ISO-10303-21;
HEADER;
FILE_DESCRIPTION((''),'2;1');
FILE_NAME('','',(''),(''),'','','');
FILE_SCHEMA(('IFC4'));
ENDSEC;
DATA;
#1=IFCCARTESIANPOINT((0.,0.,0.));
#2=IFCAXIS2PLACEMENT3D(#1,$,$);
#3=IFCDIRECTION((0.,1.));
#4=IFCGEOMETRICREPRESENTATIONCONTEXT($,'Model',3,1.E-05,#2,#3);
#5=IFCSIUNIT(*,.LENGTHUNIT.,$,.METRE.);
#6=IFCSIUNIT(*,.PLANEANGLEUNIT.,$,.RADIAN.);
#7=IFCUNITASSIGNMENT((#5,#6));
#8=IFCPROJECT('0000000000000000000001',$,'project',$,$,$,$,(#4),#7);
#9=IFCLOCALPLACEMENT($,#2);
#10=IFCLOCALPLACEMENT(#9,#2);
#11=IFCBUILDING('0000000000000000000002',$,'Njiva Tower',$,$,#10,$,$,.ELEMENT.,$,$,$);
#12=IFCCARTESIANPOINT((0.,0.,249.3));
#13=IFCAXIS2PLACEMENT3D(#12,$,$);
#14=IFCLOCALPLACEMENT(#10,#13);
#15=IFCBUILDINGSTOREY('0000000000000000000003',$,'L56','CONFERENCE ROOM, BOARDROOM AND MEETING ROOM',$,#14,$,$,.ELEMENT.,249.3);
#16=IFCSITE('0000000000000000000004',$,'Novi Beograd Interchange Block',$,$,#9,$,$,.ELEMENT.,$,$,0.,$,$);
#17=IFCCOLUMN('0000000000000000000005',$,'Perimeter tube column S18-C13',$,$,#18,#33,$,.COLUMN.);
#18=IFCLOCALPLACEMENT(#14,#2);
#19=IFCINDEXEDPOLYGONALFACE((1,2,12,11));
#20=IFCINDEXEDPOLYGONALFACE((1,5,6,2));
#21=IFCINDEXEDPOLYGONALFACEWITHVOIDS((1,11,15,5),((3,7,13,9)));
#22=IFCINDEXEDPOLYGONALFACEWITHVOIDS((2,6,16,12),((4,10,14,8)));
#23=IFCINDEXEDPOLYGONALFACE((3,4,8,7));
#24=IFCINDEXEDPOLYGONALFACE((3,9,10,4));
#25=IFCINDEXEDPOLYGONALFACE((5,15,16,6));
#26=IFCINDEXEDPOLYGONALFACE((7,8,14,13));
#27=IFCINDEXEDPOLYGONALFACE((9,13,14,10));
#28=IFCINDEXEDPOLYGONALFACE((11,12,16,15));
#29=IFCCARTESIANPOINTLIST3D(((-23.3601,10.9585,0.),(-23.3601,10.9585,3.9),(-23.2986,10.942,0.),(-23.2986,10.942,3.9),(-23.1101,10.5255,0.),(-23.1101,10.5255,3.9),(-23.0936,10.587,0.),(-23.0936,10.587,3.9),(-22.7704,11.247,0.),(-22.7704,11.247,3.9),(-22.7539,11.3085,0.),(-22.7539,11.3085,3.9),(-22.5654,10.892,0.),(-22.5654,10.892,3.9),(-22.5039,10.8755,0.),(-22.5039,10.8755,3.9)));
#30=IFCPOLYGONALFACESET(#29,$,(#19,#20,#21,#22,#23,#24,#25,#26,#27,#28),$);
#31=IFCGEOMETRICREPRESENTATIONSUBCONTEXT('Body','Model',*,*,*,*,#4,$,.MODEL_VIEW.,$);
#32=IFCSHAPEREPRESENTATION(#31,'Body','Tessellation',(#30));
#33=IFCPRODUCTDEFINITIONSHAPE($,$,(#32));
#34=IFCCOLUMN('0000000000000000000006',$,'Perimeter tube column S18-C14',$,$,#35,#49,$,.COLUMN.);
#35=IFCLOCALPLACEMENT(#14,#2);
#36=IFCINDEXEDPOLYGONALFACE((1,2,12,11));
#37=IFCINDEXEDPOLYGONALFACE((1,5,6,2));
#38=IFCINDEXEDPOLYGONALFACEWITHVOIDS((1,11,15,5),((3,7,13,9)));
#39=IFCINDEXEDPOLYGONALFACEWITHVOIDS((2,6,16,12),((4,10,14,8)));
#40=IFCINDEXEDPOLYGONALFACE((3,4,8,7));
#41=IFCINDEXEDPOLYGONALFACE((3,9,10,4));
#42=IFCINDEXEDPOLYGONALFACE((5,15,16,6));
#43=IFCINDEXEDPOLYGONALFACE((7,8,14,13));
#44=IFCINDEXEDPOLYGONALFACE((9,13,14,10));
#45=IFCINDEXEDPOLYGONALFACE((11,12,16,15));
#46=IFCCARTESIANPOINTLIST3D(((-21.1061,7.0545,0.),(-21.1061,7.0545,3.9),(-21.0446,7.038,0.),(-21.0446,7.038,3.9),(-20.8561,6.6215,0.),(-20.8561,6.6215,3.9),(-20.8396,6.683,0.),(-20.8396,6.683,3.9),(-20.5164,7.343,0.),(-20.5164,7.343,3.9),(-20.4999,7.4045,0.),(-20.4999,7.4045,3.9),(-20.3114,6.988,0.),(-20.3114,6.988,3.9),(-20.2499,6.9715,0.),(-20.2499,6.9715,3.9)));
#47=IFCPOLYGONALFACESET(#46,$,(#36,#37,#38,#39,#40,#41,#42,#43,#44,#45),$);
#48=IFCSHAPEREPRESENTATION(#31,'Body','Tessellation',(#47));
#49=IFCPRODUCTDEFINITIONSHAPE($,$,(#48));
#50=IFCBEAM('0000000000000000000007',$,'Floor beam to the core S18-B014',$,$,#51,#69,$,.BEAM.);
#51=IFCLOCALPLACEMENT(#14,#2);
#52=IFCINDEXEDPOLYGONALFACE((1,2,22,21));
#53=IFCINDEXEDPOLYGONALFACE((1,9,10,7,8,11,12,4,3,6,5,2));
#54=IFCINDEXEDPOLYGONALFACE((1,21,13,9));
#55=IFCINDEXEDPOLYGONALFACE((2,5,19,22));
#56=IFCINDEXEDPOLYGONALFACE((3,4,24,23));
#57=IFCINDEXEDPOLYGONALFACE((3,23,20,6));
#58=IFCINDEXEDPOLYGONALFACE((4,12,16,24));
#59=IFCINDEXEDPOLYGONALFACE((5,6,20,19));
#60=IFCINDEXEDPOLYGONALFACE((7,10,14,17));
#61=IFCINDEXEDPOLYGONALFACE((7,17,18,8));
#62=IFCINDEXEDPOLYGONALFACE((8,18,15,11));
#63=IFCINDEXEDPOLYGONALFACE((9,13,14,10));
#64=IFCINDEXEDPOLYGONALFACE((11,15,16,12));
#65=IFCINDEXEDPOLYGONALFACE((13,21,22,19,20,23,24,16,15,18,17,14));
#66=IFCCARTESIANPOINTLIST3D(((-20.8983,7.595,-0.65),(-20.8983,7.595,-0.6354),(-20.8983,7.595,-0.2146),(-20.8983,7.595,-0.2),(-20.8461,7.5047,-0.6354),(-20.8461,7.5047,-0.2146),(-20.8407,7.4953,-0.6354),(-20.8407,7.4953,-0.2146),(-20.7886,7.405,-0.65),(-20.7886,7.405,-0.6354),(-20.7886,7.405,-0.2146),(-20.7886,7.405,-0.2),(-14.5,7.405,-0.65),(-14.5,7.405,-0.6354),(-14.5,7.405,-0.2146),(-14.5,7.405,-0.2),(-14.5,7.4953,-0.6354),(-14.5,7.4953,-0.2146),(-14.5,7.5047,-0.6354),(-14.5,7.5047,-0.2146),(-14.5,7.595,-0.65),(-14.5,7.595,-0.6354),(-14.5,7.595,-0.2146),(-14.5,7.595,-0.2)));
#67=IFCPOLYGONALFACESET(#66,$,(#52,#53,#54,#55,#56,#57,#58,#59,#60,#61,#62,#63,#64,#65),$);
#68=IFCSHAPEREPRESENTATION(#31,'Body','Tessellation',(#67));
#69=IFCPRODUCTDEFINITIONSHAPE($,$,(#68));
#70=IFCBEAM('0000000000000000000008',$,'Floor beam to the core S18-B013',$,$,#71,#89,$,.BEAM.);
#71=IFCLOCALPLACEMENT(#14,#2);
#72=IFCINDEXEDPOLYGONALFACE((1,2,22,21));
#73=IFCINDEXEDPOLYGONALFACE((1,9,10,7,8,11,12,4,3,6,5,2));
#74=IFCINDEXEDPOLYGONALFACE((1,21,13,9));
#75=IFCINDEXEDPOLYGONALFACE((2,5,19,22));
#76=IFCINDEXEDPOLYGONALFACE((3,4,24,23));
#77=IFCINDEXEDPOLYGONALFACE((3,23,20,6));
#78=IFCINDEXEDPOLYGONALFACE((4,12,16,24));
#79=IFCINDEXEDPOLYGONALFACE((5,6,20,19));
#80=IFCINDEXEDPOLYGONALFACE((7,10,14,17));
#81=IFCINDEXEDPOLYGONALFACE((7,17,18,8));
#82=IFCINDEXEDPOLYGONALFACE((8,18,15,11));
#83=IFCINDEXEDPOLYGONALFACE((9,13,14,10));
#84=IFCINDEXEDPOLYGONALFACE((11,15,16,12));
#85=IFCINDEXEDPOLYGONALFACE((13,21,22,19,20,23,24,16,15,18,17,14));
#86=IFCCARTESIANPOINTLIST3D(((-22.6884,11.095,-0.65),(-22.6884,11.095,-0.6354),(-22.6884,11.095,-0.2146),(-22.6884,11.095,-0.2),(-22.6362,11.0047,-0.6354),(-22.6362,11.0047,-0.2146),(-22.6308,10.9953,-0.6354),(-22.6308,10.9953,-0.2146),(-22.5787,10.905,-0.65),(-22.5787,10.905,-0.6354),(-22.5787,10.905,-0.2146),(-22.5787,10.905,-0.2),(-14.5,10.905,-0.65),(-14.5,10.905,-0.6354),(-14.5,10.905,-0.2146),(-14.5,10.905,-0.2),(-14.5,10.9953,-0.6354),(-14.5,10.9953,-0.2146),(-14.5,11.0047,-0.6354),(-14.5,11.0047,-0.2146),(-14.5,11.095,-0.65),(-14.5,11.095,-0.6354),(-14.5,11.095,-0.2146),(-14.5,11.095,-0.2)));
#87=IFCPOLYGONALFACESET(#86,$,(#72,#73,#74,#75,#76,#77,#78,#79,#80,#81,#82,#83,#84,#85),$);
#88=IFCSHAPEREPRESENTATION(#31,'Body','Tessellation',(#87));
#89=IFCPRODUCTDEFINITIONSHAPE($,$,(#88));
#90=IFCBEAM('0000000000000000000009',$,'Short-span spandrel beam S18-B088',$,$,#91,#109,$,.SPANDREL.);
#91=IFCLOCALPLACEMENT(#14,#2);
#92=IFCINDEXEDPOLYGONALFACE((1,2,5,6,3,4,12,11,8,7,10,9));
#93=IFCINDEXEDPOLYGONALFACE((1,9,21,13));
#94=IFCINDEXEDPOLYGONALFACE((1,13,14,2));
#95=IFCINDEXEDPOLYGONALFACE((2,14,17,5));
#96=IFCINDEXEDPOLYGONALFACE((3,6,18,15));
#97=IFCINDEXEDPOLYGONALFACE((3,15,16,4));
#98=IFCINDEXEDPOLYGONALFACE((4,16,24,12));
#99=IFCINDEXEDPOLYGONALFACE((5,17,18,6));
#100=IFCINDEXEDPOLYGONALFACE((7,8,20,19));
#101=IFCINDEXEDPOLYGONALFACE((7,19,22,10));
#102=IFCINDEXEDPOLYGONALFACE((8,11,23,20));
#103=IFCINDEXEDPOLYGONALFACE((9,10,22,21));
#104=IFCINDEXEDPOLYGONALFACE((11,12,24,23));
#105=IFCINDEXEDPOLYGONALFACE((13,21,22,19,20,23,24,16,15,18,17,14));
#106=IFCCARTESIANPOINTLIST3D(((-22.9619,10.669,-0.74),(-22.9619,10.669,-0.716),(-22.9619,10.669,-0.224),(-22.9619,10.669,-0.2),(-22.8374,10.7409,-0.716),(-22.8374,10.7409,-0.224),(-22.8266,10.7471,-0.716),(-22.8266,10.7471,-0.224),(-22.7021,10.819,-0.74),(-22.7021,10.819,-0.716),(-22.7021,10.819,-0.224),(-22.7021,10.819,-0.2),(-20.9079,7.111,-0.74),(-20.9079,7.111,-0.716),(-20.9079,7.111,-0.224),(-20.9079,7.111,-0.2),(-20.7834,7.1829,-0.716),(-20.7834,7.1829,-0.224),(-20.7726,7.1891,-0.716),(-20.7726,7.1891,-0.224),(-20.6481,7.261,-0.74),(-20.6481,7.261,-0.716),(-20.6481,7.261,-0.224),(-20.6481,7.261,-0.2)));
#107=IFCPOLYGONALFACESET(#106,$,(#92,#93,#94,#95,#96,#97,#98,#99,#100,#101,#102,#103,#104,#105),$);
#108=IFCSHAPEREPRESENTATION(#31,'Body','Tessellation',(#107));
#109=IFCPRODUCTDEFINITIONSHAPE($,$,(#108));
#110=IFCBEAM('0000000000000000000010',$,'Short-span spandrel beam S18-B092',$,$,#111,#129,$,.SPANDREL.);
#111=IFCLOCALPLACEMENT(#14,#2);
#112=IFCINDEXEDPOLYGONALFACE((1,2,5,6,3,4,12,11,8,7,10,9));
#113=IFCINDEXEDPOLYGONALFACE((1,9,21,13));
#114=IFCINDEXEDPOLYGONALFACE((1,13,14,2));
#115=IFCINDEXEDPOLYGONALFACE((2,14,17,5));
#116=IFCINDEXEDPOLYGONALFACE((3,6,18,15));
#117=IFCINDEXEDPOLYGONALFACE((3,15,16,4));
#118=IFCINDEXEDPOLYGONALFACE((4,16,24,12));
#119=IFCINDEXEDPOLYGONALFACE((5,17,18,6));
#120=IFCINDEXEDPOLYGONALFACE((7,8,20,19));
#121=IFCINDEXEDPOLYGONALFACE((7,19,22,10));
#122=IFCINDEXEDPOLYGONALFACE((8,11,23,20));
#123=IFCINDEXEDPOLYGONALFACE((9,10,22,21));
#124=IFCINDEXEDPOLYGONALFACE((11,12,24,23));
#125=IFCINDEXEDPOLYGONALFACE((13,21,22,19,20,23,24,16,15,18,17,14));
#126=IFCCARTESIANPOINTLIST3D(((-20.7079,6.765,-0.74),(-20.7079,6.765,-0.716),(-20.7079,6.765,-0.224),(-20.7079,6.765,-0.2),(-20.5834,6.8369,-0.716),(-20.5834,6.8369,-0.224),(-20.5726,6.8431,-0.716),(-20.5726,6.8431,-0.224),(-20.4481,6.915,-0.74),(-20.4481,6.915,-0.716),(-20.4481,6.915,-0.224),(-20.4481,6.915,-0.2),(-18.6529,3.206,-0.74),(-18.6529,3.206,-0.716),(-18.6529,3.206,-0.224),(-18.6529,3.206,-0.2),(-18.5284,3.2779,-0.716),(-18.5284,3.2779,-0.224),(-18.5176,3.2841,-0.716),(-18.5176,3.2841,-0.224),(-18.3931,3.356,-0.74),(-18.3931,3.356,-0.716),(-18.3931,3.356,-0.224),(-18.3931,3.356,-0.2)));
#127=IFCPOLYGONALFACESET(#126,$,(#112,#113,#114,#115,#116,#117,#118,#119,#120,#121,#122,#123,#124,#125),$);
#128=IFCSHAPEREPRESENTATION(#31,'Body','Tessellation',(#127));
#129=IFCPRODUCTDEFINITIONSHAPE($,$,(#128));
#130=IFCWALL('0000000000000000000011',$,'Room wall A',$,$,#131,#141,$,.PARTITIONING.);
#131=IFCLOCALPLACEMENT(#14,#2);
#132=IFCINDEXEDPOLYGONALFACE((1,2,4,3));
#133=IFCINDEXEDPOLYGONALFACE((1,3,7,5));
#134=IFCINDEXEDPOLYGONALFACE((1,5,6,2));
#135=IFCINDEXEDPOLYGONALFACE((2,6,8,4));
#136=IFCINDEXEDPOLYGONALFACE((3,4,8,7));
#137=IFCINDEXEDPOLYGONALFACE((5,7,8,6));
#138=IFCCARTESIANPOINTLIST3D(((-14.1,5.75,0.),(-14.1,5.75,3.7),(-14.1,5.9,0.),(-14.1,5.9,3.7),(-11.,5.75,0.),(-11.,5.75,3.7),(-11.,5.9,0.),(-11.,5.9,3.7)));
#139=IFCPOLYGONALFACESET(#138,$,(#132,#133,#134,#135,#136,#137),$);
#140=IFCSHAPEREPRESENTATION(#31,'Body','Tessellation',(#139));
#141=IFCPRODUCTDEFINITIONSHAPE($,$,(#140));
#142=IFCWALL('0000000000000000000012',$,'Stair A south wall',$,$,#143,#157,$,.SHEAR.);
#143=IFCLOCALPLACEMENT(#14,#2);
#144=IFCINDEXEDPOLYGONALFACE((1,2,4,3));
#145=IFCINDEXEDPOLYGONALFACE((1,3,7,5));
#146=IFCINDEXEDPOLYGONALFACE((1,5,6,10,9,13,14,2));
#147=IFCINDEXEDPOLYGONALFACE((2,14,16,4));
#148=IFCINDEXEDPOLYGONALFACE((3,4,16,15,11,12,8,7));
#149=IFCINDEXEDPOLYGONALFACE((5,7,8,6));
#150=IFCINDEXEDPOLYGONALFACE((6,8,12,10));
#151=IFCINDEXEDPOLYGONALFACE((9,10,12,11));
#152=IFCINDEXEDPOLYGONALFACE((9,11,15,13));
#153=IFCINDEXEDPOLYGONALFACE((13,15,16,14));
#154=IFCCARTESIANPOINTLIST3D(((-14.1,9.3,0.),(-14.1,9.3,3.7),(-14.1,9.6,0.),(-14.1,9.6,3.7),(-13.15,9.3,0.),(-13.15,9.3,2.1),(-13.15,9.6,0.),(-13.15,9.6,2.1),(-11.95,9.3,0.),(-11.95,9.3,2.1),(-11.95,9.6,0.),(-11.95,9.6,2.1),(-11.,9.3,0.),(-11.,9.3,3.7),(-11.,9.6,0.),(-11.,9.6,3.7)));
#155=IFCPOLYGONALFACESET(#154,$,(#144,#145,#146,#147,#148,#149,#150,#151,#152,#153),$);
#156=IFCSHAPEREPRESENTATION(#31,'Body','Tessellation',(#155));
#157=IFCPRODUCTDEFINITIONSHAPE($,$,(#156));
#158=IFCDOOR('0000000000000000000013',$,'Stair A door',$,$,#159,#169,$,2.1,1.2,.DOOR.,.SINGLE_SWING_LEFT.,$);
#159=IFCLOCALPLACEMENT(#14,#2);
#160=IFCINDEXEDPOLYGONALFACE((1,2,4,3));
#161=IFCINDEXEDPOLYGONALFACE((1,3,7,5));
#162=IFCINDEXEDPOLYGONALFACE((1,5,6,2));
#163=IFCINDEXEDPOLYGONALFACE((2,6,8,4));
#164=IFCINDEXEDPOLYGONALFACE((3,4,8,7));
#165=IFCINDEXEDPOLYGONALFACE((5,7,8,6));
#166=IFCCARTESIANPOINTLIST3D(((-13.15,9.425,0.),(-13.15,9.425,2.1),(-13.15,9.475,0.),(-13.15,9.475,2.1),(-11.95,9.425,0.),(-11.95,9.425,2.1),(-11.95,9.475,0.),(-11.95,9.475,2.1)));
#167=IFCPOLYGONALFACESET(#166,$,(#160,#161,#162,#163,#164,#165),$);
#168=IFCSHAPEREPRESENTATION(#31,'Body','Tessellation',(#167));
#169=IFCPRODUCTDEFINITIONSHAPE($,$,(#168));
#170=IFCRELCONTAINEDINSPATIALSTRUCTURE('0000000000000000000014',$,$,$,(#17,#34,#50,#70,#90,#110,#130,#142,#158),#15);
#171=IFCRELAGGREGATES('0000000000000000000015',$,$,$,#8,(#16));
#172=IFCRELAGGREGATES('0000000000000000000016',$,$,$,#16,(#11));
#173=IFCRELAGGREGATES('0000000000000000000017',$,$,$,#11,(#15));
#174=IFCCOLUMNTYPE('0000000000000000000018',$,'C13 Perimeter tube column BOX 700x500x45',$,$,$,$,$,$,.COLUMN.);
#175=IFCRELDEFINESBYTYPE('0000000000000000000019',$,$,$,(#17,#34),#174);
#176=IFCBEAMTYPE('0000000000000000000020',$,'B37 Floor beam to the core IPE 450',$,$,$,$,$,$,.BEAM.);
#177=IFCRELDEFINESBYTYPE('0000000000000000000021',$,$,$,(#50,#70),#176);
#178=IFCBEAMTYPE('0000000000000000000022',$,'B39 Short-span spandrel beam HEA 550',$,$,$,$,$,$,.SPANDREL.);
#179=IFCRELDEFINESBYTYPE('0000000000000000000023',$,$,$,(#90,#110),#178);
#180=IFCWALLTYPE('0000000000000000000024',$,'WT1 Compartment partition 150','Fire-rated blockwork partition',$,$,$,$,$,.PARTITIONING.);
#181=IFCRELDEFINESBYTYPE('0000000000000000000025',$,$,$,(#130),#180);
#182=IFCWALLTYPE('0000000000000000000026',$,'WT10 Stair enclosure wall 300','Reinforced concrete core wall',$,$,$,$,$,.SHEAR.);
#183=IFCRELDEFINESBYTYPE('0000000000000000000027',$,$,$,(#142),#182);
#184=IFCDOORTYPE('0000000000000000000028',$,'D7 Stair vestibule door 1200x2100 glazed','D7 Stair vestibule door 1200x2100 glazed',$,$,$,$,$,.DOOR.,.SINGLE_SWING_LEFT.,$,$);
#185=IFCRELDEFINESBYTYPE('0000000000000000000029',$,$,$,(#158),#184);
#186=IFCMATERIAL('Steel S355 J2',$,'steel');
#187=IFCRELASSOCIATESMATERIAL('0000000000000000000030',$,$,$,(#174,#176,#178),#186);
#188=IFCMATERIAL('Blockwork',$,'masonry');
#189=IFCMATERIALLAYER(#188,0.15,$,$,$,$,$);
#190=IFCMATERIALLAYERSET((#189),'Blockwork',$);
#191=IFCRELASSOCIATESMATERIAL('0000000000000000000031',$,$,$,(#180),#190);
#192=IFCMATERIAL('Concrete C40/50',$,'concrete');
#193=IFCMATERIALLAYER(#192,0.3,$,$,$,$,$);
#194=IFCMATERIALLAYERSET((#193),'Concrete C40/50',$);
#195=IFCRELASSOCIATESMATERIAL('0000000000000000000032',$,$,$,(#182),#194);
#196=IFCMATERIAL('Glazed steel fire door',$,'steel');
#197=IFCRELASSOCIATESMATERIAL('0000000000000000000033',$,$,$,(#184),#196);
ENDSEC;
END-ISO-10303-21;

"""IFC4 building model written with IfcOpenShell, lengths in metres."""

from ifc_helpers import new_model, si_unit, direction, frame, frame_2d, origin, origin_2d, place, context, subcontext, project, spatial, rectangle, hollow_rectangle, i_section, extrude, clip, halfspace, material, layer, layer_set, material_profile, profile_set, type_object, element, fill, save


model = new_model("IFC4")

# Units and contexts
model_context = context("Model", 3, precision=1e-05, world=origin(), true_north=direction((0.0, 1.0)))
body_context = subcontext(model_context, "Body", "Model", "MODEL_VIEW")
ifc_project = project(units=[si_unit("LENGTHUNIT", "METRE"), si_unit("PLANEANGLEUNIT", "RADIAN")], contexts=[model_context])

# Site, building, storey
site_placement = place(None, origin())
site = spatial("IfcSite", under=ifc_project, at=site_placement, Name="Novi Beograd Interchange Block", CompositionType="ELEMENT", RefElevation=0.0)
building_placement = place(site_placement, origin())
building = spatial("IfcBuilding", under=site, at=building_placement, Name="Njiva Tower", CompositionType="ELEMENT")
storey_placement = place(building_placement, frame((0.0, 0.0, 249.3)))
storey = spatial("IfcBuildingStorey", under=building, at=storey_placement, Name="L56", Description="CONFERENCE ROOM, BOARDROOM AND MEETING ROOM", CompositionType="ELEMENT", Elevation=249.3)

# Columns
ifc_material_1 = material(Name="Steel S355 J2", Category="steel")
ifc_material_profile_1 = material_profile(ifc_material_1, hollow_rectangle(XDim=0.5, YDim=0.7, WallThickness=0.045, at=origin_2d()), Name="BOX 700x500x45")
ifc_profile_set_1 = profile_set([ifc_material_profile_1], Name="Steel S355 J2")
column_type = type_object("IfcColumnType", Name="C13 Perimeter tube column BOX 700x500x45", PredefinedType="COLUMN", material=ifc_profile_set_1)
for number, where, z_axis, x_axis, name in (
    (1, (-22.932, 10.917, 0.0), (0.0, 0.0, 1.0), (0.5, -0.866025, 0.0), "Perimeter tube column S18-C13"),
    (2, (-20.678, 7.013, 0.0), (0.0, 0.0, 1.0), (0.5, -0.866025, 0.0), "Perimeter tube column S18-C14"),
):
    element("IfcColumn", number, at=place(storey_placement, frame(where, z_axis=z_axis, x_axis=x_axis)), inside=storey, type_object=column_type, Name=name, PredefinedType="COLUMN", context=body_context, shape_type="SweptSolid", body=[
        extrude(hollow_rectangle(XDim=0.5, YDim=0.7, WallThickness=0.045, at=origin_2d()), origin(), (0.0, 0.0, 1.0), 3.9),
    ])

# Beams
ifc_material_profile_2 = material_profile(ifc_material_1, i_section(OverallWidth=0.19, OverallDepth=0.45, WebThickness=0.0094, FlangeThickness=0.0146, at=origin_2d()), Name="IPE 450")
ifc_profile_set_2 = profile_set([ifc_material_profile_2], Name="Steel S355 J2")
beam_type_1 = type_object("IfcBeamType", Name="B37 Floor beam to the core IPE 450", PredefinedType="BEAM", material=ifc_profile_set_2)
beam_1_placement = place(storey_placement, frame((-20.918, 7.5, -0.425), z_axis=(1.0, 0.0, 0.0), x_axis=(0.0, 1.0, 0.0)))
element("IfcBeam", 3, at=beam_1_placement, inside=storey, type_object=beam_type_1, Name="Floor beam to the core S18-B014", PredefinedType="BEAM", context=body_context, shape_type="Clipping", body=[
    clip(extrude(i_section(OverallWidth=0.19, OverallDepth=0.45, WebThickness=0.0094, FlangeThickness=0.0146, at=origin_2d()), origin(), (0.0, 0.0, 1.0), 6.418), halfspace(frame((-0.025, 0.0, 0.089), z_axis=(-0.499998, 0.0, -0.866027), x_axis=(0.0, -1.0, 0.0)), False)),
])
beam_2_placement = place(storey_placement, frame((-22.709, 11.0, -0.425), z_axis=(1.0, 0.0, 0.0), x_axis=(0.0, 1.0, 0.0)))
element("IfcBeam", 4, at=beam_2_placement, inside=storey, type_object=beam_type_1, Name="Floor beam to the core S18-B013", PredefinedType="BEAM", context=body_context, shape_type="Clipping", body=[
    clip(extrude(i_section(OverallWidth=0.19, OverallDepth=0.45, WebThickness=0.0094, FlangeThickness=0.0146, at=origin_2d()), origin(), (0.0, 0.0, 1.0), 8.209), halfspace(frame((-0.025, 0.0, 0.0899), z_axis=(-0.499998, 0.0, -0.866027), x_axis=(0.0, -1.0, 0.0)), False)),
])
ifc_material_profile_3 = material_profile(ifc_material_1, i_section(OverallWidth=0.3, OverallDepth=0.54, WebThickness=0.0125, FlangeThickness=0.024, at=origin_2d()), Name="HEA 550")
ifc_profile_set_3 = profile_set([ifc_material_profile_3], Name="Steel S355 J2")
beam_type_2 = type_object("IfcBeamType", Name="B39 Short-span spandrel beam HEA 550", PredefinedType="SPANDREL", material=ifc_profile_set_3)
beam_3_placement = place(storey_placement, frame((-22.832, 10.744, -0.47), z_axis=(0.499961, -0.866048, 0.0), x_axis=(0.866048, 0.499961, 0.0)))
element("IfcBeam", 5, at=beam_3_placement, inside=storey, type_object=beam_type_2, Name="Short-span spandrel beam S18-B088", PredefinedType="SPANDREL", context=body_context, shape_type="SweptSolid", body=[
    extrude(i_section(OverallWidth=0.3, OverallDepth=0.54, WebThickness=0.0125, FlangeThickness=0.024, at=origin_2d()), origin(), (0.0, 0.0, 1.0), 4.1083),
])
beam_4_placement = place(storey_placement, frame((-20.578, 6.84, -0.47), z_axis=(0.500038, -0.866003, 0.0), x_axis=(0.866003, 0.500038, 0.0)))
element("IfcBeam", 6, at=beam_4_placement, inside=storey, type_object=beam_type_2, Name="Short-span spandrel beam S18-B092", PredefinedType="SPANDREL", context=body_context, shape_type="SweptSolid", body=[
    extrude(i_section(OverallWidth=0.3, OverallDepth=0.54, WebThickness=0.0125, FlangeThickness=0.024, at=origin_2d()), origin(), (0.0, 0.0, 1.0), 4.1097),
])

# Wall
ifc_material_2 = material(Name="Blockwork", Category="masonry")
ifc_layer_1 = layer(ifc_material_2, 0.15)
ifc_layer_set_1 = layer_set([ifc_layer_1], Name="Blockwork")
wall_type_1 = type_object("IfcWallType", Name="WT1 Compartment partition 150", Description="Fire-rated blockwork partition", PredefinedType="PARTITIONING", material=ifc_layer_set_1)
wall_1_placement = place(storey_placement, frame((-14.1, 5.825, 0.0), z_axis=(0.0, 0.0, 1.0), x_axis=(1.0, 0.0, 0.0)))
element("IfcWall", 7, at=wall_1_placement, inside=storey, type_object=wall_type_1, Name="Room wall A", PredefinedType="PARTITIONING", context=body_context, shape_type="SweptSolid", body=[
    extrude(rectangle(XDim=3.1, YDim=0.15, at=frame_2d((1.55, 0.0))), origin(), (0.0, 0.0, 1.0), 3.7),
])

# Wall, opening, door
ifc_material_3 = material(Name="Concrete C40/50", Category="concrete")
ifc_layer_2 = layer(ifc_material_3, 0.3)
ifc_layer_set_2 = layer_set([ifc_layer_2], Name="Concrete C40/50")
wall_type_2 = type_object("IfcWallType", Name="WT10 Stair enclosure wall 300", Description="Reinforced concrete core wall", PredefinedType="SHEAR", material=ifc_layer_set_2)
wall_2_placement = place(storey_placement, frame((-14.1, 9.45, 0.0), z_axis=(0.0, 0.0, 1.0), x_axis=(1.0, 0.0, 0.0)))
wall_2 = element("IfcWall", 8, at=wall_2_placement, inside=storey, type_object=wall_type_2, Name="Stair A south wall", PredefinedType="SHEAR", context=body_context, shape_type="SweptSolid", body=[
    extrude(rectangle(XDim=3.1, YDim=0.3, at=frame_2d((1.55, 0.0))), origin(), (0.0, 0.0, 1.0), 3.7),
])
opening_placement = place(wall_2_placement, frame((0.95, 0.0, 0.0)))
opening = element("IfcOpeningElement", 9, at=opening_placement, cuts=wall_2, PredefinedType="OPENING", context=body_context, shape_type="SweptSolid", body=[
    extrude(rectangle(XDim=1.2, YDim=2.1, at=frame_2d((0.6, 1.05))), frame((0.0, 0.16, 0.0), z_axis=(0.0, -1.0, 0.0), x_axis=(1.0, 0.0, 0.0)), (0.0, 0.0, 1.0), 0.32),
])
ifc_material_4 = material(Name="Glazed steel fire door", Category="steel")
door_type = type_object("IfcDoorType", Name="D7 Stair vestibule door 1200x2100 glazed", Description="D7 Stair vestibule door 1200x2100 glazed", OperationType="SINGLE_SWING_LEFT", PredefinedType="DOOR", material=ifc_material_4)
door_placement = place(opening_placement, origin())
door = element("IfcDoor", 10, at=door_placement, inside=storey, type_object=door_type, Name="Stair A door", OperationType="SINGLE_SWING_LEFT", OverallHeight=2.1, OverallWidth=1.2, PredefinedType="DOOR", context=body_context, shape_type="SweptSolid", body=[
    extrude(rectangle(XDim=1.2, YDim=2.1, at=frame_2d((0.6, 1.05))), frame((0.0, 0.025, 0.0), z_axis=(0.0, -1.0, 0.0), x_axis=(1.0, 0.0, 0.0)), (0.0, 0.0, 1.0), 0.05),
])
fill(opening, door)

save(model, "model.ifc")
